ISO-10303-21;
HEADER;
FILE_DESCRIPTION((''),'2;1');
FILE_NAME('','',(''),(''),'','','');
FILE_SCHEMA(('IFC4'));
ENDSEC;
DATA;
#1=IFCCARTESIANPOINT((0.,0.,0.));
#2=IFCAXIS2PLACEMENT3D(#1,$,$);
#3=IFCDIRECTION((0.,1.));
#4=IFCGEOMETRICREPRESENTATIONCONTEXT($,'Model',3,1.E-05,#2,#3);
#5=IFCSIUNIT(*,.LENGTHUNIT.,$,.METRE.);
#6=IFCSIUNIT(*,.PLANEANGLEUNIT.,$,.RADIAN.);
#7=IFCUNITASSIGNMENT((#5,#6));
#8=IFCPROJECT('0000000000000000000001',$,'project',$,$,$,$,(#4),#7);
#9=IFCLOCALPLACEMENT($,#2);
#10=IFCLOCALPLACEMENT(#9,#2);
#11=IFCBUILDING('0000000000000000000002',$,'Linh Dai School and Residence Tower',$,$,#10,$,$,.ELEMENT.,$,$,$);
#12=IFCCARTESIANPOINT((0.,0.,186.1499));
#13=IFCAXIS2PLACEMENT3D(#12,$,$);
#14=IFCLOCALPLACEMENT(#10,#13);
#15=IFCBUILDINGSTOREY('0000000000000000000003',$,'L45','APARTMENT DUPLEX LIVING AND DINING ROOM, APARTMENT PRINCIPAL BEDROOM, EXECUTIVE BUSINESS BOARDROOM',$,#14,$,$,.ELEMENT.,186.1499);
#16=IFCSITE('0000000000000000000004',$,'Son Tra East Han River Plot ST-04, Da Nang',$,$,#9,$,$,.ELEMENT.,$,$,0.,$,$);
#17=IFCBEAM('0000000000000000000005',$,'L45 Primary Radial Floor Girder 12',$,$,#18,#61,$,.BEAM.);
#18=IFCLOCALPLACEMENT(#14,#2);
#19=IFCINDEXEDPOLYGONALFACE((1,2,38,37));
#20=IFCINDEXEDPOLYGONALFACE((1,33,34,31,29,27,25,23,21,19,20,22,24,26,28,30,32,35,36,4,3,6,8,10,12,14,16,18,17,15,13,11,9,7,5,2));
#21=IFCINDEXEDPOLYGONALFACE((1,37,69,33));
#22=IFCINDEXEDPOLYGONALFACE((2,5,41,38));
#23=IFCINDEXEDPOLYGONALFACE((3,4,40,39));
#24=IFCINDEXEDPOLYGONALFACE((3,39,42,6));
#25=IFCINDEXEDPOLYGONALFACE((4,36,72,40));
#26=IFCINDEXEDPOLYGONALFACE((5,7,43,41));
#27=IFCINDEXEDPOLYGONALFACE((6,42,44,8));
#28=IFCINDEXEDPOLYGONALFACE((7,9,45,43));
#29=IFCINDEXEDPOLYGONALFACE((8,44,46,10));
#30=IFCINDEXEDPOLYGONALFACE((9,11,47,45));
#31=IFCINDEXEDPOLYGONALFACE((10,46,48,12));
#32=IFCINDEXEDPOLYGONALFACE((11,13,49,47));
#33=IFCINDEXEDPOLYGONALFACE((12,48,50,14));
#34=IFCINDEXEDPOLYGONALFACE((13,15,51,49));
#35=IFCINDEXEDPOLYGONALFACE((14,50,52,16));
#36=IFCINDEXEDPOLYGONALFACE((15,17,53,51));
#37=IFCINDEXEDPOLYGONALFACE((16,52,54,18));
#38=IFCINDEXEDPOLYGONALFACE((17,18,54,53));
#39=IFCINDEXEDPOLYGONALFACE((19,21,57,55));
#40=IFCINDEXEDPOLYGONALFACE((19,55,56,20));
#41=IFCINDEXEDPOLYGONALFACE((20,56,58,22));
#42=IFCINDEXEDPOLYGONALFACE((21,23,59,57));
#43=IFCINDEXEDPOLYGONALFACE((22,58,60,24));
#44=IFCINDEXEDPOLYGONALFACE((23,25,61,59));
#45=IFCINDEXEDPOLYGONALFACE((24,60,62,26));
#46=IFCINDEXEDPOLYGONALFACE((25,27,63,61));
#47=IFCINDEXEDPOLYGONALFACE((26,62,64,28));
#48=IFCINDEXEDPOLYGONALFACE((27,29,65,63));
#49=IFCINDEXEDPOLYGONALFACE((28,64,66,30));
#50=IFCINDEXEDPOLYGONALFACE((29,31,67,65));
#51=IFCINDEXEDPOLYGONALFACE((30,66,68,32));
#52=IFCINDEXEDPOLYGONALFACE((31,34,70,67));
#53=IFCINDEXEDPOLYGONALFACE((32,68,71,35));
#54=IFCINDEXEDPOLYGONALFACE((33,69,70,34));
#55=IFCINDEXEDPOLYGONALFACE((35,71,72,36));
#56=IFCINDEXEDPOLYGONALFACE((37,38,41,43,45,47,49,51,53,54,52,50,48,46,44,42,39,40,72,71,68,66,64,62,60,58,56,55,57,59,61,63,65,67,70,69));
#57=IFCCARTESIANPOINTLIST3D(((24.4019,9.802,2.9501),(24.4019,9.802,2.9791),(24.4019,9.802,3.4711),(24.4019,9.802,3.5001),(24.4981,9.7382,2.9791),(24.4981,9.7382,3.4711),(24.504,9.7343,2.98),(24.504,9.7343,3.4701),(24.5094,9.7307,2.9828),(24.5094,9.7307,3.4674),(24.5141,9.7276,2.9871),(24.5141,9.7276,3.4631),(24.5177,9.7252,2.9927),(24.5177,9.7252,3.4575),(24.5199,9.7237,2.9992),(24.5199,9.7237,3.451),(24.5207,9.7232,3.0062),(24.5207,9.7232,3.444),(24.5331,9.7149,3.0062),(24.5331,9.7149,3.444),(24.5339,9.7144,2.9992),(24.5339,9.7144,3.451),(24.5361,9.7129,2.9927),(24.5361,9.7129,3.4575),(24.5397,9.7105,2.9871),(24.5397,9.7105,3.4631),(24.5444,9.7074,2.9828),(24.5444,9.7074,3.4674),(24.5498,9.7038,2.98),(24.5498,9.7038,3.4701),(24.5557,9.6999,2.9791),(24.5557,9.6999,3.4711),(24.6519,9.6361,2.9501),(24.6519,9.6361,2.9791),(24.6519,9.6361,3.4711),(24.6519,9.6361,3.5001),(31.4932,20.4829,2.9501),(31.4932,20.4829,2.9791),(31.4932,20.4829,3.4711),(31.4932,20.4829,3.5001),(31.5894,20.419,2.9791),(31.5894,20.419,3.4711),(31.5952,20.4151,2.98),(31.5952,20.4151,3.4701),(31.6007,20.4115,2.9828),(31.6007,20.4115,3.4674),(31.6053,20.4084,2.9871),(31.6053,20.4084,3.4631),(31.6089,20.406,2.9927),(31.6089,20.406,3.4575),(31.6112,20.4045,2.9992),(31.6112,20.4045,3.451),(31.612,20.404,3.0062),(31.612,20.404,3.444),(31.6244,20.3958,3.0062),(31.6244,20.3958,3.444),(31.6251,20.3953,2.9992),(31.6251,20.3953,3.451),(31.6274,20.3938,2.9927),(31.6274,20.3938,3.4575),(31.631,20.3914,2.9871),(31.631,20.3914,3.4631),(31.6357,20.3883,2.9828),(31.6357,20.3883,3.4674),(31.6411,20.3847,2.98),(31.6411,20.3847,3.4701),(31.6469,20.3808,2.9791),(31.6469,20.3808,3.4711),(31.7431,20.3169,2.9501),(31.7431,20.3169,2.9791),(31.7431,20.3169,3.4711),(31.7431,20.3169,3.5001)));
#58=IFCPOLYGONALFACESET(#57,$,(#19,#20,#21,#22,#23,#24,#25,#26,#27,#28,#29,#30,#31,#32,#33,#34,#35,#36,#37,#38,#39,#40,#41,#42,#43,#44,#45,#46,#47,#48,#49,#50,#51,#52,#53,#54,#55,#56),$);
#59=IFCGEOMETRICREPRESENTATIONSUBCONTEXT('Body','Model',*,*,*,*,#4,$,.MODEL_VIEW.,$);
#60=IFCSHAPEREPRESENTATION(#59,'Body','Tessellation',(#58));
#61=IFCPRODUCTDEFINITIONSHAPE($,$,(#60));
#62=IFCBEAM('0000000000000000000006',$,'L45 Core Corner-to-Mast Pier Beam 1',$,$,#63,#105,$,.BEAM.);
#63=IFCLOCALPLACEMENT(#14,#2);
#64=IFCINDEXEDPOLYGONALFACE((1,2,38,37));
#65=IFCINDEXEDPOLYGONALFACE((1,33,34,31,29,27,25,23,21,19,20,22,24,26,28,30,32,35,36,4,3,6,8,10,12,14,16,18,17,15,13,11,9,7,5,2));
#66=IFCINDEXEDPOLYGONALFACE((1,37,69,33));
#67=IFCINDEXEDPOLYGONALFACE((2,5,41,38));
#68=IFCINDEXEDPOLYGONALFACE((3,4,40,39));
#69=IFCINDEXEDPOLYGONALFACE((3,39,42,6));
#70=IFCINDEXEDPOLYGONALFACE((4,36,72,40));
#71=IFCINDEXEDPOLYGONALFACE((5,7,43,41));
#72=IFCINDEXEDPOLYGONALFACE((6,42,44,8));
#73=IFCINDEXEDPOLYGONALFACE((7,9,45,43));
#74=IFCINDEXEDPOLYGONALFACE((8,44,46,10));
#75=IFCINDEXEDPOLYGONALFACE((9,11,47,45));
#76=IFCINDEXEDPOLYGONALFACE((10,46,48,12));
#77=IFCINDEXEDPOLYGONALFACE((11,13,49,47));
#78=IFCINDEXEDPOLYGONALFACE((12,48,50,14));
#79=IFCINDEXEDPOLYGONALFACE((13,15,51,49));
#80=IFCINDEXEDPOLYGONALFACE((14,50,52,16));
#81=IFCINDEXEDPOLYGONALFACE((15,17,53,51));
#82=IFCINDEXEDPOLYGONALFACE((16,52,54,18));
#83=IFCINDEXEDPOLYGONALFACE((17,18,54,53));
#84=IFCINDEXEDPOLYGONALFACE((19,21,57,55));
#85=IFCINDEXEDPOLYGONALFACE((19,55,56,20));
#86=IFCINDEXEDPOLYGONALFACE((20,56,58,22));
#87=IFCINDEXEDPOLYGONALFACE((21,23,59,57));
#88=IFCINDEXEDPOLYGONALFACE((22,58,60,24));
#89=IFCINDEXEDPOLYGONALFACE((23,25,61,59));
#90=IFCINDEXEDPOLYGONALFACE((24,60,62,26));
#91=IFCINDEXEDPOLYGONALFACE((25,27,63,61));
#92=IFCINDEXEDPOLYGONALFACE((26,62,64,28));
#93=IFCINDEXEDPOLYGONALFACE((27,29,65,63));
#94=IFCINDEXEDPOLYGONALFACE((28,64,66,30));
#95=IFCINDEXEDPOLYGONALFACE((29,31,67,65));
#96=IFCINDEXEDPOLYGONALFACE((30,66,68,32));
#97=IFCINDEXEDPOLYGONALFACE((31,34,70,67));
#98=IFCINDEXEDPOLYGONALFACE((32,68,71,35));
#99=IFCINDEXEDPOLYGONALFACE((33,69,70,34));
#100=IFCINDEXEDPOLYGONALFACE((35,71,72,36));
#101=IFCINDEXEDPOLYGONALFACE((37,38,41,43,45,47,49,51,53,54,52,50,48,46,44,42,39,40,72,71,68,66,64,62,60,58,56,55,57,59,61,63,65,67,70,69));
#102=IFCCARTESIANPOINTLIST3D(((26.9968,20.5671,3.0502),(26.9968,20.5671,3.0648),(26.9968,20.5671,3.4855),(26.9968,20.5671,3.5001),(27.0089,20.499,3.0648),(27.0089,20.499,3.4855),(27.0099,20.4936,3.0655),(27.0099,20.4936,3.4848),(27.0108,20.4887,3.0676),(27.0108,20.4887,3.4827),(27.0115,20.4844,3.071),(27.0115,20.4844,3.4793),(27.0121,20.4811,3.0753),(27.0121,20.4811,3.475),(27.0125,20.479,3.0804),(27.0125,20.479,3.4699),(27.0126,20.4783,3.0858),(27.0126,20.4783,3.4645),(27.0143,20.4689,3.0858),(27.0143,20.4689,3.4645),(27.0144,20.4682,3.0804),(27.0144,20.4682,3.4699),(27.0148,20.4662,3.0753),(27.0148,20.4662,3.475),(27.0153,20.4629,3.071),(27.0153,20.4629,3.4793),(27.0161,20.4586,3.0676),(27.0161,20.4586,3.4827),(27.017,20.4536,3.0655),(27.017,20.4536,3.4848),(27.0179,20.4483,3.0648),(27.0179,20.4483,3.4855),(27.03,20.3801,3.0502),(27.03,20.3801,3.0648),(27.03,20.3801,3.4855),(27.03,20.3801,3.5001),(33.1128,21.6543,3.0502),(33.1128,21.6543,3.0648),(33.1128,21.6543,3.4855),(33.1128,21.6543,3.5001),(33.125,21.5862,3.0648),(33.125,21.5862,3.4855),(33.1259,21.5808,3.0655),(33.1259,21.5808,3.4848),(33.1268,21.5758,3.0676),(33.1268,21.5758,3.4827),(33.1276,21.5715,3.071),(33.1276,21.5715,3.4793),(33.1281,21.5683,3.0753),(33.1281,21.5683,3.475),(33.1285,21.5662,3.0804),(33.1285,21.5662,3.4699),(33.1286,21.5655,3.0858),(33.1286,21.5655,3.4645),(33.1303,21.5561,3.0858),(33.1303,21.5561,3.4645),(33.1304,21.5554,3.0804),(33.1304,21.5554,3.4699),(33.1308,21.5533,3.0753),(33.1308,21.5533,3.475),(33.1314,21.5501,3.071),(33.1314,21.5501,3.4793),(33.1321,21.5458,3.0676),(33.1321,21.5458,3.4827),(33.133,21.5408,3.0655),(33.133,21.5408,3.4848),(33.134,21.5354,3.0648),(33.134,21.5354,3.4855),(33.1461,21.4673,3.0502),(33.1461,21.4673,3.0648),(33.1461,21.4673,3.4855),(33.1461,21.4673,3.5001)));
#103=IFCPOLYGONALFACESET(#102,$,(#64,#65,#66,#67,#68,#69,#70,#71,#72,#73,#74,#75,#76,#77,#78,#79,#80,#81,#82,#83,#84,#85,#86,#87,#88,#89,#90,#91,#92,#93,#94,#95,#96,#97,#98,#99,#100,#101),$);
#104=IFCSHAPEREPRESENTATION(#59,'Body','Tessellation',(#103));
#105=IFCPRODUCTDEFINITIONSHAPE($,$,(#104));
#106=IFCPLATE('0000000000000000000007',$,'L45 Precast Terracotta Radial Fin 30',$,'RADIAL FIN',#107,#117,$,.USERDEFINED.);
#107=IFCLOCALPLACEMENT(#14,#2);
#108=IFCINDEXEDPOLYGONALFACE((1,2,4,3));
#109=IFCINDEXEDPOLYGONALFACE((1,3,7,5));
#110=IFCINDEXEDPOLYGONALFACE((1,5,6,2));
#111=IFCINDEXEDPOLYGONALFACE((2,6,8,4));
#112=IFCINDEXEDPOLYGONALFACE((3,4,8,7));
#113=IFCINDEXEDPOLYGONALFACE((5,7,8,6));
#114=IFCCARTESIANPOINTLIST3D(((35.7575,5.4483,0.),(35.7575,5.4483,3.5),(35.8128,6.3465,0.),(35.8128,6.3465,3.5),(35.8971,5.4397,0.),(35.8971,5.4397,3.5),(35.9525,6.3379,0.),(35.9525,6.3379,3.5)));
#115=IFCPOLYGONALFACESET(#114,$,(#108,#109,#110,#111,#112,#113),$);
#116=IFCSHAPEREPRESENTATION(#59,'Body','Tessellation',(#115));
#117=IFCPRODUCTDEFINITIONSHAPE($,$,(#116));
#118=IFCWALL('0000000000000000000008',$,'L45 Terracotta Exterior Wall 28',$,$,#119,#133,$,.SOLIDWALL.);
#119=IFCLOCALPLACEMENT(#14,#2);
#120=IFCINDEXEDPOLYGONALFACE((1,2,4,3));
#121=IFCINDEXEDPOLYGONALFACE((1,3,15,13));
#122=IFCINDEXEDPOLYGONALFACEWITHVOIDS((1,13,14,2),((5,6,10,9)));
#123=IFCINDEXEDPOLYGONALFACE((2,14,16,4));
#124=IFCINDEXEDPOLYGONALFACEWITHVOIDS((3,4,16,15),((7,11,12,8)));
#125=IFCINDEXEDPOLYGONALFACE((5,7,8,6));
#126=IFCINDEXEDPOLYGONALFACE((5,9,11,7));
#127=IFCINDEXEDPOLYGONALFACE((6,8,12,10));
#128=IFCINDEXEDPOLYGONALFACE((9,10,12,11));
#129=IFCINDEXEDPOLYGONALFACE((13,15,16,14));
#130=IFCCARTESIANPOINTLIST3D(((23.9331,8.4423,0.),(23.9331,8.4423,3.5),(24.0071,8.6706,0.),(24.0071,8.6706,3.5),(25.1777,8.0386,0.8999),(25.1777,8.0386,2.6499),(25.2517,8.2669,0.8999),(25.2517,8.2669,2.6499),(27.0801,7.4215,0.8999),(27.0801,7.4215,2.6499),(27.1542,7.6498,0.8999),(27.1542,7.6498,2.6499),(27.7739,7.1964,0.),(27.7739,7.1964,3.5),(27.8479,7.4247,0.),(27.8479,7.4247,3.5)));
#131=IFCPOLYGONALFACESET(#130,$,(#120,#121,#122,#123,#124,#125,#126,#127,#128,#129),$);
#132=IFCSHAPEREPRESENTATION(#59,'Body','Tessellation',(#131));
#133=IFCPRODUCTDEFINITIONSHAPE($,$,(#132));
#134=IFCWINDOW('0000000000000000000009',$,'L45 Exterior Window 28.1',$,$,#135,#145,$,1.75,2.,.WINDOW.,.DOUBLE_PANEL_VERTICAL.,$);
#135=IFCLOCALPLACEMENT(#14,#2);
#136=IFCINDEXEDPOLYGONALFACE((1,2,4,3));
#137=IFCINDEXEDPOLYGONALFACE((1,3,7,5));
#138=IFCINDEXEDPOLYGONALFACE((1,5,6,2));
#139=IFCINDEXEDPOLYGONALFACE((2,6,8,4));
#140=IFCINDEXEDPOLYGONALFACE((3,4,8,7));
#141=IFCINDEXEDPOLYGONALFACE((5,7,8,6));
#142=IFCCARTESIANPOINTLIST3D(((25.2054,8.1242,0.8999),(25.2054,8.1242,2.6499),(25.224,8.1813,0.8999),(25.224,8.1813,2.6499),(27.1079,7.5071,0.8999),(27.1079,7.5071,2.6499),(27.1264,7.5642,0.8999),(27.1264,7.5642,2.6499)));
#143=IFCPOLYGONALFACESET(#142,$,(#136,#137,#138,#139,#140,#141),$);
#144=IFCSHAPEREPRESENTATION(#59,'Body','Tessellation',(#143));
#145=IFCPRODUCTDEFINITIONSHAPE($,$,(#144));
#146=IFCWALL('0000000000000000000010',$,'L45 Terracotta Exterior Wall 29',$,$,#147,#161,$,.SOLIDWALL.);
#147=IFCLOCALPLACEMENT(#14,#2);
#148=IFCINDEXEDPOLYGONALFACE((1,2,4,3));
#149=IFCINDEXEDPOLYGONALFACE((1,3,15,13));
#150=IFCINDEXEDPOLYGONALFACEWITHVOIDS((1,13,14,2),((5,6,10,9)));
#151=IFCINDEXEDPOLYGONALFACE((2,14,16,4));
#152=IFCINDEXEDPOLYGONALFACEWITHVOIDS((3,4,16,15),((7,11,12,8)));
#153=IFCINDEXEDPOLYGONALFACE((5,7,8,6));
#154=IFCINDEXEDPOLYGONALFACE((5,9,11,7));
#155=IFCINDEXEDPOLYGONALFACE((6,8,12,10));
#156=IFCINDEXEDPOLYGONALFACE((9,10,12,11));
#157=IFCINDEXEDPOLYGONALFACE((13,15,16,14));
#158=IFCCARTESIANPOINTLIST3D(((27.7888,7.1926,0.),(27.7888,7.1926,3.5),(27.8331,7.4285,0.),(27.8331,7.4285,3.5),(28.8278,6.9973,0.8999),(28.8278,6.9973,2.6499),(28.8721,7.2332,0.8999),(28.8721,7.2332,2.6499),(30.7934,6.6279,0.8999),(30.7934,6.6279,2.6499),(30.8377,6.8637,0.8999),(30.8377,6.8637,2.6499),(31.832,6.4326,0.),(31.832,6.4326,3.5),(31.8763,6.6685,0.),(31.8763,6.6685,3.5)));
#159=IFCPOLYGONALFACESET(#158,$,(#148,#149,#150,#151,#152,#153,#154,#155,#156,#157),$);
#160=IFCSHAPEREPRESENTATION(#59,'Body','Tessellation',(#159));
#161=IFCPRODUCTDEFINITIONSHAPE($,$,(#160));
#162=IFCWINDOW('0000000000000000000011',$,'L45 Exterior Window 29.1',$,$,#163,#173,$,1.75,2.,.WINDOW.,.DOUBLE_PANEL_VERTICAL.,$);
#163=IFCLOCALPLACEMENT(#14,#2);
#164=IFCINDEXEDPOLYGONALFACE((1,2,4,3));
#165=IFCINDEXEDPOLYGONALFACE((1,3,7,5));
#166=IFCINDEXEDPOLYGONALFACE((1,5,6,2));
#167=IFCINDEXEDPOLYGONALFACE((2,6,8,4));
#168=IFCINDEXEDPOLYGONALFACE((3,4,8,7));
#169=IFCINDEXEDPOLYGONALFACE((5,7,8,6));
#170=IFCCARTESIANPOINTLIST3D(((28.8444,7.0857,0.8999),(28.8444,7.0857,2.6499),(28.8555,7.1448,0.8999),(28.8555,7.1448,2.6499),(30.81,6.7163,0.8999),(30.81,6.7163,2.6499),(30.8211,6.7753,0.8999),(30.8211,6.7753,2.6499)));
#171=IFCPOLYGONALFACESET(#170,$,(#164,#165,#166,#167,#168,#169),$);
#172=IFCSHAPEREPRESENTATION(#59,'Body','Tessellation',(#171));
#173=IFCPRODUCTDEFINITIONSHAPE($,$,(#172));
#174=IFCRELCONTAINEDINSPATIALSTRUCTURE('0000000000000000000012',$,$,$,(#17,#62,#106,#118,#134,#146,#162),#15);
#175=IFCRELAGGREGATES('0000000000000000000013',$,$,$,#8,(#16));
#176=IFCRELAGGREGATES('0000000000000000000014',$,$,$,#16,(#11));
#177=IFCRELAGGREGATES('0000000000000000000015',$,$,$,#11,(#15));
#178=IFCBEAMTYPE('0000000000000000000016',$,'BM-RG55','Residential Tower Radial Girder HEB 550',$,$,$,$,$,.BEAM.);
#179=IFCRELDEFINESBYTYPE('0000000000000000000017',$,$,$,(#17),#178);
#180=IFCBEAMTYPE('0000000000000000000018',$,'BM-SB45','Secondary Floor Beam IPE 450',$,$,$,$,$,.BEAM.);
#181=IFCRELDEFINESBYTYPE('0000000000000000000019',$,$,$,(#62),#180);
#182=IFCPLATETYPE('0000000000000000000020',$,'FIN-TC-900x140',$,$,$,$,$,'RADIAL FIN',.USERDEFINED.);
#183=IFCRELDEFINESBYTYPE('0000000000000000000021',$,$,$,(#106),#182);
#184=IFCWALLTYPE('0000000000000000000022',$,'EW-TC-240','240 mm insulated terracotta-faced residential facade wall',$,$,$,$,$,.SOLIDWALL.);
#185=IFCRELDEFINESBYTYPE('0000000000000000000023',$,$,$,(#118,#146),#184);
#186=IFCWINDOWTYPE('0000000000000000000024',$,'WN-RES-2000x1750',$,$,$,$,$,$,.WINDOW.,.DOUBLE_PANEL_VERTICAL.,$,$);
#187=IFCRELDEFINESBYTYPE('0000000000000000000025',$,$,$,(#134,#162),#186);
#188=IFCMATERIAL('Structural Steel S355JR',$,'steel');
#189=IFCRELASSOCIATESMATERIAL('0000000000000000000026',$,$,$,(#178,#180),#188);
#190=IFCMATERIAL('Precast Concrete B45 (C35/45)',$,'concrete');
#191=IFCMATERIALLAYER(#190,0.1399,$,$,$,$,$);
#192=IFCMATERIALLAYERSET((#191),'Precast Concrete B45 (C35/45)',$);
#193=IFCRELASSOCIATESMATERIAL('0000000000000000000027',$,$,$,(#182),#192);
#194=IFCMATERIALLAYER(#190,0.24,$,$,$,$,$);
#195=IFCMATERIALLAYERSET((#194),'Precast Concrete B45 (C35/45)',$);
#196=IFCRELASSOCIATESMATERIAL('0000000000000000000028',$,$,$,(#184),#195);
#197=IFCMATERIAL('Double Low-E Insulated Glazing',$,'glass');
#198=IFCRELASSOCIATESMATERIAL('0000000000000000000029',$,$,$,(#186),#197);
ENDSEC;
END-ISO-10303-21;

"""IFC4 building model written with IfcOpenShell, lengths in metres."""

from ifc_helpers import new_model, si_unit, direction, frame, frame_2d, origin, origin_2d, place, context, subcontext, project, spatial, rectangle, i_section, extrude, source, transform, mapped, material, layer, layer_set, material_profile, profile_set, type_object, element, fill, save


model = new_model("IFC4")

# Units and contexts
model_context = context("Model", 3, precision=1e-05, world=origin(), true_north=direction((0.0, 1.0)))
body_context = subcontext(model_context, "Body", "Model", "MODEL_VIEW")
ifc_project = project(units=[si_unit("LENGTHUNIT", "METRE"), si_unit("PLANEANGLEUNIT", "RADIAN")], contexts=[model_context])

# Site, building, storey
site_placement = place(None, origin())
site = spatial("IfcSite", under=ifc_project, at=site_placement, Name="Son Tra East Han River Plot ST-04, Da Nang", CompositionType="ELEMENT", RefElevation=0.0)
building_placement = place(site_placement, origin())
building = spatial("IfcBuilding", under=site, at=building_placement, Name="Linh Dai School and Residence Tower", CompositionType="ELEMENT")
storey_placement = place(building_placement, frame((0.0, 0.0, 186.1499)))
storey = spatial("IfcBuildingStorey", under=building, at=storey_placement, Name="L45", Description="APARTMENT DUPLEX LIVING AND DINING ROOM, APARTMENT PRINCIPAL BEDROOM, EXECUTIVE BUSINESS BOARDROOM", CompositionType="ELEMENT", Elevation=186.1499)

# Beams
ifc_material_1 = material(Name="Structural Steel S355JR", Category="steel")
ifc_material_profile_1 = material_profile(ifc_material_1, i_section(OverallWidth=0.3, OverallDepth=0.55, WebThickness=0.0149, FlangeThickness=0.0291, FilletRadius=0.0271, at=origin_2d()), Name="HEB 550")
ifc_profile_set_1 = profile_set([ifc_material_profile_1], Name="Structural Steel S355JR")
beam_type_1 = type_object("IfcBeamType", Name="BM-RG55", Description="Residential Tower Radial Girder HEB 550", PredefinedType="BEAM", material=ifc_profile_set_1)
beam_1_placement = place(storey_placement, frame((31.6182, 20.3999, 3.2251), z_axis=(-0.553117, -0.833103, 0.0), x_axis=(0.833103, -0.553117, 0.0)))
element("IfcBeam", 1, at=beam_1_placement, inside=storey, type_object=beam_type_1, Name="L45 Primary Radial Floor Girder 12", PredefinedType="BEAM", context=body_context, shape_type="SweptSolid", body=[
    extrude(i_section(OverallWidth=0.3, OverallDepth=0.55, WebThickness=0.0149, FlangeThickness=0.0291, FilletRadius=0.0271, at=origin_2d()), origin(), (0.0, 0.0, 1.0), 12.8206),
])
ifc_material_profile_2 = material_profile(ifc_material_1, i_section(OverallWidth=0.1899, OverallDepth=0.45, WebThickness=0.0095, FlangeThickness=0.0146, FilletRadius=0.021, at=origin_2d()), Name="IPE 450")
ifc_profile_set_2 = profile_set([ifc_material_profile_2], Name="Structural Steel S355JR")
beam_type_2 = type_object("IfcBeamType", Name="BM-SB45", Description="Secondary Floor Beam IPE 450", PredefinedType="BEAM", material=ifc_profile_set_2)
beam_2_placement = place(storey_placement, frame((27.0134, 20.4736, 3.2751), z_axis=(0.984566, 0.175014, 0.0), x_axis=(-0.175014, 0.984566, 0.0)))
element("IfcBeam", 2, at=beam_2_placement, inside=storey, type_object=beam_type_2, Name="L45 Core Corner-to-Mast Pier Beam 1", PredefinedType="BEAM", context=body_context, shape_type="SweptSolid", body=[
    extrude(i_section(OverallWidth=0.1899, OverallDepth=0.45, WebThickness=0.0095, FlangeThickness=0.0146, FilletRadius=0.021, at=origin_2d()), origin(), (0.0, 0.0, 1.0), 6.2119),
])

# Plate
ifc_material_2 = material(Name="Precast Concrete B45 (C35/45)", Category="concrete")
ifc_layer_1 = layer(ifc_material_2, 0.1399)
ifc_layer_set_1 = layer_set([ifc_layer_1], Name="Precast Concrete B45 (C35/45)")
plate_type = type_object("IfcPlateType", Name="FIN-TC-900x140", ElementType="RADIAL FIN", PredefinedType="USERDEFINED", material=ifc_layer_set_1)
shared_shape_1 = source(origin(), body_context, "Body", "SweptSolid", [
    extrude(rectangle(XDim=0.8999, YDim=0.1399, at=origin_2d()), origin(), (0.0, 0.0, 1.0), 3.5),
])
plate_placement = place(storey_placement, frame((35.855, 5.8931, 0.0), z_axis=(0.0, 0.0, 1.0), x_axis=(-0.061512, -0.998106, 0.0)))
element("IfcPlate", 3, at=plate_placement, inside=storey, type_object=plate_type, Name="L45 Precast Terracotta Radial Fin 30", ObjectType="RADIAL FIN", PredefinedType="USERDEFINED", context=body_context, shape_type="MappedRepresentation", body=[
    mapped(shared_shape_1, transform((0.0, 0.0, 0.0), x_axis=(1.0, 0.0, 0.0), y_axis=(0.0, 1.0, 0.0), z_axis=(0.0, 0.0, 1.0), scale=1.0)),
])

# Walls, openings, windows
ifc_layer_2 = layer(ifc_material_2, 0.24)
ifc_layer_set_2 = layer_set([ifc_layer_2], Name="Precast Concrete B45 (C35/45)")
wall_type_1 = type_object("IfcWallType", Name="EW-TC-240", Description="240 mm insulated terracotta-faced residential facade wall", PredefinedType="SOLIDWALL", material=ifc_layer_set_2)
wall_1_placement = place(storey_placement, frame((27.811, 7.3105, 0.0), z_axis=(0.0, 0.0, 1.0), x_axis=(-0.95121, 0.308545, 0.0)))
wall_1 = element("IfcWall", 4, at=wall_1_placement, inside=storey, type_object=wall_type_1, Name="L45 Terracotta Exterior Wall 28", PredefinedType="SOLIDWALL", context=body_context, shape_type="SweptSolid", body=[
    extrude(rectangle(XDim=4.0378, YDim=0.24, at=frame_2d((2.019, 0.0))), origin(), (0.0, 0.0, 1.0), 3.5),
])
opening_1_placement = place(wall_1_placement, frame((0.7295, 0.0, 0.8999)))
opening_1 = element("IfcOpeningElement", 5, at=opening_1_placement, cuts=wall_1, PredefinedType="OPENING", context=body_context, shape_type="SweptSolid", body=[
    extrude(rectangle(XDim=2.0, YDim=1.75, at=origin_2d()), frame((1.0, 0.1299, 0.875), z_axis=(0.0, -1.0, 0.0), x_axis=(1.0, 0.0, 0.0)), (0.0, 0.0, 1.0), 0.26),
])
ifc_material_3 = material(Name="Double Low-E Insulated Glazing", Category="glass")
window_type = type_object("IfcWindowType", Name="WN-RES-2000x1750", PartitioningType="DOUBLE_PANEL_VERTICAL", PredefinedType="WINDOW", material=ifc_material_3)
shared_shape_2 = source(origin(), body_context, "Body", "SweptSolid", [
    extrude(rectangle(XDim=2.0, YDim=1.75, at=origin_2d()), frame((1.0, 0.03, 0.875), z_axis=(0.0, -1.0, 0.0), x_axis=(1.0, 0.0, 0.0)), (0.0, 0.0, 1.0), 0.0601),
])
window_1_placement = place(opening_1_placement, origin())
window_1 = element("IfcWindow", 6, at=window_1_placement, inside=storey, type_object=window_type, Name="L45 Exterior Window 28.1", OverallHeight=1.75, OverallWidth=2.0, PartitioningType="DOUBLE_PANEL_VERTICAL", PredefinedType="WINDOW", context=body_context, shape_type="MappedRepresentation", body=[
    mapped(shared_shape_2, transform((0.0, 0.0, 0.0), x_axis=(1.0, 0.0, 0.0), y_axis=(0.0, 1.0, 0.0), z_axis=(0.0, 0.0, 1.0), scale=1.0)),
])
fill(opening_1, window_1)
wall_2_placement = place(storey_placement, frame((31.8542, 6.5505, 0.0), z_axis=(0.0, 0.0, 1.0), x_axis=(-0.982788, 0.184736, 0.0)))
wall_2 = element("IfcWall", 7, at=wall_2_placement, inside=storey, type_object=wall_type_1, Name="L45 Terracotta Exterior Wall 29", PredefinedType="SOLIDWALL", context=body_context, shape_type="SweptSolid", body=[
    extrude(rectangle(XDim=4.114, YDim=0.24, at=frame_2d((2.0571, 0.0))), origin(), (0.0, 0.0, 1.0), 3.5),
])
opening_2_placement = place(wall_2_placement, frame((1.0569, 0.0, 0.8999)))
opening_2 = element("IfcOpeningElement", 8, at=opening_2_placement, cuts=wall_2, PredefinedType="OPENING", context=body_context, shape_type="SweptSolid", body=[
    extrude(rectangle(XDim=2.0, YDim=1.75, at=origin_2d()), frame((1.0, 0.1299, 0.875), z_axis=(0.0, -1.0, 0.0), x_axis=(1.0, 0.0, 0.0)), (0.0, 0.0, 1.0), 0.26),
])
window_2_placement = place(opening_2_placement, origin())
window_2 = element("IfcWindow", 9, at=window_2_placement, inside=storey, type_object=window_type, Name="L45 Exterior Window 29.1", OverallHeight=1.75, OverallWidth=2.0, PartitioningType="DOUBLE_PANEL_VERTICAL", PredefinedType="WINDOW", context=body_context, shape_type="MappedRepresentation", body=[
    mapped(shared_shape_2, transform((0.0, 0.0, 0.0), x_axis=(1.0, 0.0, 0.0), y_axis=(0.0, 1.0, 0.0), z_axis=(0.0, 0.0, 1.0), scale=1.0)),
])
fill(opening_2, window_2)

save(model, "model.ifc")
